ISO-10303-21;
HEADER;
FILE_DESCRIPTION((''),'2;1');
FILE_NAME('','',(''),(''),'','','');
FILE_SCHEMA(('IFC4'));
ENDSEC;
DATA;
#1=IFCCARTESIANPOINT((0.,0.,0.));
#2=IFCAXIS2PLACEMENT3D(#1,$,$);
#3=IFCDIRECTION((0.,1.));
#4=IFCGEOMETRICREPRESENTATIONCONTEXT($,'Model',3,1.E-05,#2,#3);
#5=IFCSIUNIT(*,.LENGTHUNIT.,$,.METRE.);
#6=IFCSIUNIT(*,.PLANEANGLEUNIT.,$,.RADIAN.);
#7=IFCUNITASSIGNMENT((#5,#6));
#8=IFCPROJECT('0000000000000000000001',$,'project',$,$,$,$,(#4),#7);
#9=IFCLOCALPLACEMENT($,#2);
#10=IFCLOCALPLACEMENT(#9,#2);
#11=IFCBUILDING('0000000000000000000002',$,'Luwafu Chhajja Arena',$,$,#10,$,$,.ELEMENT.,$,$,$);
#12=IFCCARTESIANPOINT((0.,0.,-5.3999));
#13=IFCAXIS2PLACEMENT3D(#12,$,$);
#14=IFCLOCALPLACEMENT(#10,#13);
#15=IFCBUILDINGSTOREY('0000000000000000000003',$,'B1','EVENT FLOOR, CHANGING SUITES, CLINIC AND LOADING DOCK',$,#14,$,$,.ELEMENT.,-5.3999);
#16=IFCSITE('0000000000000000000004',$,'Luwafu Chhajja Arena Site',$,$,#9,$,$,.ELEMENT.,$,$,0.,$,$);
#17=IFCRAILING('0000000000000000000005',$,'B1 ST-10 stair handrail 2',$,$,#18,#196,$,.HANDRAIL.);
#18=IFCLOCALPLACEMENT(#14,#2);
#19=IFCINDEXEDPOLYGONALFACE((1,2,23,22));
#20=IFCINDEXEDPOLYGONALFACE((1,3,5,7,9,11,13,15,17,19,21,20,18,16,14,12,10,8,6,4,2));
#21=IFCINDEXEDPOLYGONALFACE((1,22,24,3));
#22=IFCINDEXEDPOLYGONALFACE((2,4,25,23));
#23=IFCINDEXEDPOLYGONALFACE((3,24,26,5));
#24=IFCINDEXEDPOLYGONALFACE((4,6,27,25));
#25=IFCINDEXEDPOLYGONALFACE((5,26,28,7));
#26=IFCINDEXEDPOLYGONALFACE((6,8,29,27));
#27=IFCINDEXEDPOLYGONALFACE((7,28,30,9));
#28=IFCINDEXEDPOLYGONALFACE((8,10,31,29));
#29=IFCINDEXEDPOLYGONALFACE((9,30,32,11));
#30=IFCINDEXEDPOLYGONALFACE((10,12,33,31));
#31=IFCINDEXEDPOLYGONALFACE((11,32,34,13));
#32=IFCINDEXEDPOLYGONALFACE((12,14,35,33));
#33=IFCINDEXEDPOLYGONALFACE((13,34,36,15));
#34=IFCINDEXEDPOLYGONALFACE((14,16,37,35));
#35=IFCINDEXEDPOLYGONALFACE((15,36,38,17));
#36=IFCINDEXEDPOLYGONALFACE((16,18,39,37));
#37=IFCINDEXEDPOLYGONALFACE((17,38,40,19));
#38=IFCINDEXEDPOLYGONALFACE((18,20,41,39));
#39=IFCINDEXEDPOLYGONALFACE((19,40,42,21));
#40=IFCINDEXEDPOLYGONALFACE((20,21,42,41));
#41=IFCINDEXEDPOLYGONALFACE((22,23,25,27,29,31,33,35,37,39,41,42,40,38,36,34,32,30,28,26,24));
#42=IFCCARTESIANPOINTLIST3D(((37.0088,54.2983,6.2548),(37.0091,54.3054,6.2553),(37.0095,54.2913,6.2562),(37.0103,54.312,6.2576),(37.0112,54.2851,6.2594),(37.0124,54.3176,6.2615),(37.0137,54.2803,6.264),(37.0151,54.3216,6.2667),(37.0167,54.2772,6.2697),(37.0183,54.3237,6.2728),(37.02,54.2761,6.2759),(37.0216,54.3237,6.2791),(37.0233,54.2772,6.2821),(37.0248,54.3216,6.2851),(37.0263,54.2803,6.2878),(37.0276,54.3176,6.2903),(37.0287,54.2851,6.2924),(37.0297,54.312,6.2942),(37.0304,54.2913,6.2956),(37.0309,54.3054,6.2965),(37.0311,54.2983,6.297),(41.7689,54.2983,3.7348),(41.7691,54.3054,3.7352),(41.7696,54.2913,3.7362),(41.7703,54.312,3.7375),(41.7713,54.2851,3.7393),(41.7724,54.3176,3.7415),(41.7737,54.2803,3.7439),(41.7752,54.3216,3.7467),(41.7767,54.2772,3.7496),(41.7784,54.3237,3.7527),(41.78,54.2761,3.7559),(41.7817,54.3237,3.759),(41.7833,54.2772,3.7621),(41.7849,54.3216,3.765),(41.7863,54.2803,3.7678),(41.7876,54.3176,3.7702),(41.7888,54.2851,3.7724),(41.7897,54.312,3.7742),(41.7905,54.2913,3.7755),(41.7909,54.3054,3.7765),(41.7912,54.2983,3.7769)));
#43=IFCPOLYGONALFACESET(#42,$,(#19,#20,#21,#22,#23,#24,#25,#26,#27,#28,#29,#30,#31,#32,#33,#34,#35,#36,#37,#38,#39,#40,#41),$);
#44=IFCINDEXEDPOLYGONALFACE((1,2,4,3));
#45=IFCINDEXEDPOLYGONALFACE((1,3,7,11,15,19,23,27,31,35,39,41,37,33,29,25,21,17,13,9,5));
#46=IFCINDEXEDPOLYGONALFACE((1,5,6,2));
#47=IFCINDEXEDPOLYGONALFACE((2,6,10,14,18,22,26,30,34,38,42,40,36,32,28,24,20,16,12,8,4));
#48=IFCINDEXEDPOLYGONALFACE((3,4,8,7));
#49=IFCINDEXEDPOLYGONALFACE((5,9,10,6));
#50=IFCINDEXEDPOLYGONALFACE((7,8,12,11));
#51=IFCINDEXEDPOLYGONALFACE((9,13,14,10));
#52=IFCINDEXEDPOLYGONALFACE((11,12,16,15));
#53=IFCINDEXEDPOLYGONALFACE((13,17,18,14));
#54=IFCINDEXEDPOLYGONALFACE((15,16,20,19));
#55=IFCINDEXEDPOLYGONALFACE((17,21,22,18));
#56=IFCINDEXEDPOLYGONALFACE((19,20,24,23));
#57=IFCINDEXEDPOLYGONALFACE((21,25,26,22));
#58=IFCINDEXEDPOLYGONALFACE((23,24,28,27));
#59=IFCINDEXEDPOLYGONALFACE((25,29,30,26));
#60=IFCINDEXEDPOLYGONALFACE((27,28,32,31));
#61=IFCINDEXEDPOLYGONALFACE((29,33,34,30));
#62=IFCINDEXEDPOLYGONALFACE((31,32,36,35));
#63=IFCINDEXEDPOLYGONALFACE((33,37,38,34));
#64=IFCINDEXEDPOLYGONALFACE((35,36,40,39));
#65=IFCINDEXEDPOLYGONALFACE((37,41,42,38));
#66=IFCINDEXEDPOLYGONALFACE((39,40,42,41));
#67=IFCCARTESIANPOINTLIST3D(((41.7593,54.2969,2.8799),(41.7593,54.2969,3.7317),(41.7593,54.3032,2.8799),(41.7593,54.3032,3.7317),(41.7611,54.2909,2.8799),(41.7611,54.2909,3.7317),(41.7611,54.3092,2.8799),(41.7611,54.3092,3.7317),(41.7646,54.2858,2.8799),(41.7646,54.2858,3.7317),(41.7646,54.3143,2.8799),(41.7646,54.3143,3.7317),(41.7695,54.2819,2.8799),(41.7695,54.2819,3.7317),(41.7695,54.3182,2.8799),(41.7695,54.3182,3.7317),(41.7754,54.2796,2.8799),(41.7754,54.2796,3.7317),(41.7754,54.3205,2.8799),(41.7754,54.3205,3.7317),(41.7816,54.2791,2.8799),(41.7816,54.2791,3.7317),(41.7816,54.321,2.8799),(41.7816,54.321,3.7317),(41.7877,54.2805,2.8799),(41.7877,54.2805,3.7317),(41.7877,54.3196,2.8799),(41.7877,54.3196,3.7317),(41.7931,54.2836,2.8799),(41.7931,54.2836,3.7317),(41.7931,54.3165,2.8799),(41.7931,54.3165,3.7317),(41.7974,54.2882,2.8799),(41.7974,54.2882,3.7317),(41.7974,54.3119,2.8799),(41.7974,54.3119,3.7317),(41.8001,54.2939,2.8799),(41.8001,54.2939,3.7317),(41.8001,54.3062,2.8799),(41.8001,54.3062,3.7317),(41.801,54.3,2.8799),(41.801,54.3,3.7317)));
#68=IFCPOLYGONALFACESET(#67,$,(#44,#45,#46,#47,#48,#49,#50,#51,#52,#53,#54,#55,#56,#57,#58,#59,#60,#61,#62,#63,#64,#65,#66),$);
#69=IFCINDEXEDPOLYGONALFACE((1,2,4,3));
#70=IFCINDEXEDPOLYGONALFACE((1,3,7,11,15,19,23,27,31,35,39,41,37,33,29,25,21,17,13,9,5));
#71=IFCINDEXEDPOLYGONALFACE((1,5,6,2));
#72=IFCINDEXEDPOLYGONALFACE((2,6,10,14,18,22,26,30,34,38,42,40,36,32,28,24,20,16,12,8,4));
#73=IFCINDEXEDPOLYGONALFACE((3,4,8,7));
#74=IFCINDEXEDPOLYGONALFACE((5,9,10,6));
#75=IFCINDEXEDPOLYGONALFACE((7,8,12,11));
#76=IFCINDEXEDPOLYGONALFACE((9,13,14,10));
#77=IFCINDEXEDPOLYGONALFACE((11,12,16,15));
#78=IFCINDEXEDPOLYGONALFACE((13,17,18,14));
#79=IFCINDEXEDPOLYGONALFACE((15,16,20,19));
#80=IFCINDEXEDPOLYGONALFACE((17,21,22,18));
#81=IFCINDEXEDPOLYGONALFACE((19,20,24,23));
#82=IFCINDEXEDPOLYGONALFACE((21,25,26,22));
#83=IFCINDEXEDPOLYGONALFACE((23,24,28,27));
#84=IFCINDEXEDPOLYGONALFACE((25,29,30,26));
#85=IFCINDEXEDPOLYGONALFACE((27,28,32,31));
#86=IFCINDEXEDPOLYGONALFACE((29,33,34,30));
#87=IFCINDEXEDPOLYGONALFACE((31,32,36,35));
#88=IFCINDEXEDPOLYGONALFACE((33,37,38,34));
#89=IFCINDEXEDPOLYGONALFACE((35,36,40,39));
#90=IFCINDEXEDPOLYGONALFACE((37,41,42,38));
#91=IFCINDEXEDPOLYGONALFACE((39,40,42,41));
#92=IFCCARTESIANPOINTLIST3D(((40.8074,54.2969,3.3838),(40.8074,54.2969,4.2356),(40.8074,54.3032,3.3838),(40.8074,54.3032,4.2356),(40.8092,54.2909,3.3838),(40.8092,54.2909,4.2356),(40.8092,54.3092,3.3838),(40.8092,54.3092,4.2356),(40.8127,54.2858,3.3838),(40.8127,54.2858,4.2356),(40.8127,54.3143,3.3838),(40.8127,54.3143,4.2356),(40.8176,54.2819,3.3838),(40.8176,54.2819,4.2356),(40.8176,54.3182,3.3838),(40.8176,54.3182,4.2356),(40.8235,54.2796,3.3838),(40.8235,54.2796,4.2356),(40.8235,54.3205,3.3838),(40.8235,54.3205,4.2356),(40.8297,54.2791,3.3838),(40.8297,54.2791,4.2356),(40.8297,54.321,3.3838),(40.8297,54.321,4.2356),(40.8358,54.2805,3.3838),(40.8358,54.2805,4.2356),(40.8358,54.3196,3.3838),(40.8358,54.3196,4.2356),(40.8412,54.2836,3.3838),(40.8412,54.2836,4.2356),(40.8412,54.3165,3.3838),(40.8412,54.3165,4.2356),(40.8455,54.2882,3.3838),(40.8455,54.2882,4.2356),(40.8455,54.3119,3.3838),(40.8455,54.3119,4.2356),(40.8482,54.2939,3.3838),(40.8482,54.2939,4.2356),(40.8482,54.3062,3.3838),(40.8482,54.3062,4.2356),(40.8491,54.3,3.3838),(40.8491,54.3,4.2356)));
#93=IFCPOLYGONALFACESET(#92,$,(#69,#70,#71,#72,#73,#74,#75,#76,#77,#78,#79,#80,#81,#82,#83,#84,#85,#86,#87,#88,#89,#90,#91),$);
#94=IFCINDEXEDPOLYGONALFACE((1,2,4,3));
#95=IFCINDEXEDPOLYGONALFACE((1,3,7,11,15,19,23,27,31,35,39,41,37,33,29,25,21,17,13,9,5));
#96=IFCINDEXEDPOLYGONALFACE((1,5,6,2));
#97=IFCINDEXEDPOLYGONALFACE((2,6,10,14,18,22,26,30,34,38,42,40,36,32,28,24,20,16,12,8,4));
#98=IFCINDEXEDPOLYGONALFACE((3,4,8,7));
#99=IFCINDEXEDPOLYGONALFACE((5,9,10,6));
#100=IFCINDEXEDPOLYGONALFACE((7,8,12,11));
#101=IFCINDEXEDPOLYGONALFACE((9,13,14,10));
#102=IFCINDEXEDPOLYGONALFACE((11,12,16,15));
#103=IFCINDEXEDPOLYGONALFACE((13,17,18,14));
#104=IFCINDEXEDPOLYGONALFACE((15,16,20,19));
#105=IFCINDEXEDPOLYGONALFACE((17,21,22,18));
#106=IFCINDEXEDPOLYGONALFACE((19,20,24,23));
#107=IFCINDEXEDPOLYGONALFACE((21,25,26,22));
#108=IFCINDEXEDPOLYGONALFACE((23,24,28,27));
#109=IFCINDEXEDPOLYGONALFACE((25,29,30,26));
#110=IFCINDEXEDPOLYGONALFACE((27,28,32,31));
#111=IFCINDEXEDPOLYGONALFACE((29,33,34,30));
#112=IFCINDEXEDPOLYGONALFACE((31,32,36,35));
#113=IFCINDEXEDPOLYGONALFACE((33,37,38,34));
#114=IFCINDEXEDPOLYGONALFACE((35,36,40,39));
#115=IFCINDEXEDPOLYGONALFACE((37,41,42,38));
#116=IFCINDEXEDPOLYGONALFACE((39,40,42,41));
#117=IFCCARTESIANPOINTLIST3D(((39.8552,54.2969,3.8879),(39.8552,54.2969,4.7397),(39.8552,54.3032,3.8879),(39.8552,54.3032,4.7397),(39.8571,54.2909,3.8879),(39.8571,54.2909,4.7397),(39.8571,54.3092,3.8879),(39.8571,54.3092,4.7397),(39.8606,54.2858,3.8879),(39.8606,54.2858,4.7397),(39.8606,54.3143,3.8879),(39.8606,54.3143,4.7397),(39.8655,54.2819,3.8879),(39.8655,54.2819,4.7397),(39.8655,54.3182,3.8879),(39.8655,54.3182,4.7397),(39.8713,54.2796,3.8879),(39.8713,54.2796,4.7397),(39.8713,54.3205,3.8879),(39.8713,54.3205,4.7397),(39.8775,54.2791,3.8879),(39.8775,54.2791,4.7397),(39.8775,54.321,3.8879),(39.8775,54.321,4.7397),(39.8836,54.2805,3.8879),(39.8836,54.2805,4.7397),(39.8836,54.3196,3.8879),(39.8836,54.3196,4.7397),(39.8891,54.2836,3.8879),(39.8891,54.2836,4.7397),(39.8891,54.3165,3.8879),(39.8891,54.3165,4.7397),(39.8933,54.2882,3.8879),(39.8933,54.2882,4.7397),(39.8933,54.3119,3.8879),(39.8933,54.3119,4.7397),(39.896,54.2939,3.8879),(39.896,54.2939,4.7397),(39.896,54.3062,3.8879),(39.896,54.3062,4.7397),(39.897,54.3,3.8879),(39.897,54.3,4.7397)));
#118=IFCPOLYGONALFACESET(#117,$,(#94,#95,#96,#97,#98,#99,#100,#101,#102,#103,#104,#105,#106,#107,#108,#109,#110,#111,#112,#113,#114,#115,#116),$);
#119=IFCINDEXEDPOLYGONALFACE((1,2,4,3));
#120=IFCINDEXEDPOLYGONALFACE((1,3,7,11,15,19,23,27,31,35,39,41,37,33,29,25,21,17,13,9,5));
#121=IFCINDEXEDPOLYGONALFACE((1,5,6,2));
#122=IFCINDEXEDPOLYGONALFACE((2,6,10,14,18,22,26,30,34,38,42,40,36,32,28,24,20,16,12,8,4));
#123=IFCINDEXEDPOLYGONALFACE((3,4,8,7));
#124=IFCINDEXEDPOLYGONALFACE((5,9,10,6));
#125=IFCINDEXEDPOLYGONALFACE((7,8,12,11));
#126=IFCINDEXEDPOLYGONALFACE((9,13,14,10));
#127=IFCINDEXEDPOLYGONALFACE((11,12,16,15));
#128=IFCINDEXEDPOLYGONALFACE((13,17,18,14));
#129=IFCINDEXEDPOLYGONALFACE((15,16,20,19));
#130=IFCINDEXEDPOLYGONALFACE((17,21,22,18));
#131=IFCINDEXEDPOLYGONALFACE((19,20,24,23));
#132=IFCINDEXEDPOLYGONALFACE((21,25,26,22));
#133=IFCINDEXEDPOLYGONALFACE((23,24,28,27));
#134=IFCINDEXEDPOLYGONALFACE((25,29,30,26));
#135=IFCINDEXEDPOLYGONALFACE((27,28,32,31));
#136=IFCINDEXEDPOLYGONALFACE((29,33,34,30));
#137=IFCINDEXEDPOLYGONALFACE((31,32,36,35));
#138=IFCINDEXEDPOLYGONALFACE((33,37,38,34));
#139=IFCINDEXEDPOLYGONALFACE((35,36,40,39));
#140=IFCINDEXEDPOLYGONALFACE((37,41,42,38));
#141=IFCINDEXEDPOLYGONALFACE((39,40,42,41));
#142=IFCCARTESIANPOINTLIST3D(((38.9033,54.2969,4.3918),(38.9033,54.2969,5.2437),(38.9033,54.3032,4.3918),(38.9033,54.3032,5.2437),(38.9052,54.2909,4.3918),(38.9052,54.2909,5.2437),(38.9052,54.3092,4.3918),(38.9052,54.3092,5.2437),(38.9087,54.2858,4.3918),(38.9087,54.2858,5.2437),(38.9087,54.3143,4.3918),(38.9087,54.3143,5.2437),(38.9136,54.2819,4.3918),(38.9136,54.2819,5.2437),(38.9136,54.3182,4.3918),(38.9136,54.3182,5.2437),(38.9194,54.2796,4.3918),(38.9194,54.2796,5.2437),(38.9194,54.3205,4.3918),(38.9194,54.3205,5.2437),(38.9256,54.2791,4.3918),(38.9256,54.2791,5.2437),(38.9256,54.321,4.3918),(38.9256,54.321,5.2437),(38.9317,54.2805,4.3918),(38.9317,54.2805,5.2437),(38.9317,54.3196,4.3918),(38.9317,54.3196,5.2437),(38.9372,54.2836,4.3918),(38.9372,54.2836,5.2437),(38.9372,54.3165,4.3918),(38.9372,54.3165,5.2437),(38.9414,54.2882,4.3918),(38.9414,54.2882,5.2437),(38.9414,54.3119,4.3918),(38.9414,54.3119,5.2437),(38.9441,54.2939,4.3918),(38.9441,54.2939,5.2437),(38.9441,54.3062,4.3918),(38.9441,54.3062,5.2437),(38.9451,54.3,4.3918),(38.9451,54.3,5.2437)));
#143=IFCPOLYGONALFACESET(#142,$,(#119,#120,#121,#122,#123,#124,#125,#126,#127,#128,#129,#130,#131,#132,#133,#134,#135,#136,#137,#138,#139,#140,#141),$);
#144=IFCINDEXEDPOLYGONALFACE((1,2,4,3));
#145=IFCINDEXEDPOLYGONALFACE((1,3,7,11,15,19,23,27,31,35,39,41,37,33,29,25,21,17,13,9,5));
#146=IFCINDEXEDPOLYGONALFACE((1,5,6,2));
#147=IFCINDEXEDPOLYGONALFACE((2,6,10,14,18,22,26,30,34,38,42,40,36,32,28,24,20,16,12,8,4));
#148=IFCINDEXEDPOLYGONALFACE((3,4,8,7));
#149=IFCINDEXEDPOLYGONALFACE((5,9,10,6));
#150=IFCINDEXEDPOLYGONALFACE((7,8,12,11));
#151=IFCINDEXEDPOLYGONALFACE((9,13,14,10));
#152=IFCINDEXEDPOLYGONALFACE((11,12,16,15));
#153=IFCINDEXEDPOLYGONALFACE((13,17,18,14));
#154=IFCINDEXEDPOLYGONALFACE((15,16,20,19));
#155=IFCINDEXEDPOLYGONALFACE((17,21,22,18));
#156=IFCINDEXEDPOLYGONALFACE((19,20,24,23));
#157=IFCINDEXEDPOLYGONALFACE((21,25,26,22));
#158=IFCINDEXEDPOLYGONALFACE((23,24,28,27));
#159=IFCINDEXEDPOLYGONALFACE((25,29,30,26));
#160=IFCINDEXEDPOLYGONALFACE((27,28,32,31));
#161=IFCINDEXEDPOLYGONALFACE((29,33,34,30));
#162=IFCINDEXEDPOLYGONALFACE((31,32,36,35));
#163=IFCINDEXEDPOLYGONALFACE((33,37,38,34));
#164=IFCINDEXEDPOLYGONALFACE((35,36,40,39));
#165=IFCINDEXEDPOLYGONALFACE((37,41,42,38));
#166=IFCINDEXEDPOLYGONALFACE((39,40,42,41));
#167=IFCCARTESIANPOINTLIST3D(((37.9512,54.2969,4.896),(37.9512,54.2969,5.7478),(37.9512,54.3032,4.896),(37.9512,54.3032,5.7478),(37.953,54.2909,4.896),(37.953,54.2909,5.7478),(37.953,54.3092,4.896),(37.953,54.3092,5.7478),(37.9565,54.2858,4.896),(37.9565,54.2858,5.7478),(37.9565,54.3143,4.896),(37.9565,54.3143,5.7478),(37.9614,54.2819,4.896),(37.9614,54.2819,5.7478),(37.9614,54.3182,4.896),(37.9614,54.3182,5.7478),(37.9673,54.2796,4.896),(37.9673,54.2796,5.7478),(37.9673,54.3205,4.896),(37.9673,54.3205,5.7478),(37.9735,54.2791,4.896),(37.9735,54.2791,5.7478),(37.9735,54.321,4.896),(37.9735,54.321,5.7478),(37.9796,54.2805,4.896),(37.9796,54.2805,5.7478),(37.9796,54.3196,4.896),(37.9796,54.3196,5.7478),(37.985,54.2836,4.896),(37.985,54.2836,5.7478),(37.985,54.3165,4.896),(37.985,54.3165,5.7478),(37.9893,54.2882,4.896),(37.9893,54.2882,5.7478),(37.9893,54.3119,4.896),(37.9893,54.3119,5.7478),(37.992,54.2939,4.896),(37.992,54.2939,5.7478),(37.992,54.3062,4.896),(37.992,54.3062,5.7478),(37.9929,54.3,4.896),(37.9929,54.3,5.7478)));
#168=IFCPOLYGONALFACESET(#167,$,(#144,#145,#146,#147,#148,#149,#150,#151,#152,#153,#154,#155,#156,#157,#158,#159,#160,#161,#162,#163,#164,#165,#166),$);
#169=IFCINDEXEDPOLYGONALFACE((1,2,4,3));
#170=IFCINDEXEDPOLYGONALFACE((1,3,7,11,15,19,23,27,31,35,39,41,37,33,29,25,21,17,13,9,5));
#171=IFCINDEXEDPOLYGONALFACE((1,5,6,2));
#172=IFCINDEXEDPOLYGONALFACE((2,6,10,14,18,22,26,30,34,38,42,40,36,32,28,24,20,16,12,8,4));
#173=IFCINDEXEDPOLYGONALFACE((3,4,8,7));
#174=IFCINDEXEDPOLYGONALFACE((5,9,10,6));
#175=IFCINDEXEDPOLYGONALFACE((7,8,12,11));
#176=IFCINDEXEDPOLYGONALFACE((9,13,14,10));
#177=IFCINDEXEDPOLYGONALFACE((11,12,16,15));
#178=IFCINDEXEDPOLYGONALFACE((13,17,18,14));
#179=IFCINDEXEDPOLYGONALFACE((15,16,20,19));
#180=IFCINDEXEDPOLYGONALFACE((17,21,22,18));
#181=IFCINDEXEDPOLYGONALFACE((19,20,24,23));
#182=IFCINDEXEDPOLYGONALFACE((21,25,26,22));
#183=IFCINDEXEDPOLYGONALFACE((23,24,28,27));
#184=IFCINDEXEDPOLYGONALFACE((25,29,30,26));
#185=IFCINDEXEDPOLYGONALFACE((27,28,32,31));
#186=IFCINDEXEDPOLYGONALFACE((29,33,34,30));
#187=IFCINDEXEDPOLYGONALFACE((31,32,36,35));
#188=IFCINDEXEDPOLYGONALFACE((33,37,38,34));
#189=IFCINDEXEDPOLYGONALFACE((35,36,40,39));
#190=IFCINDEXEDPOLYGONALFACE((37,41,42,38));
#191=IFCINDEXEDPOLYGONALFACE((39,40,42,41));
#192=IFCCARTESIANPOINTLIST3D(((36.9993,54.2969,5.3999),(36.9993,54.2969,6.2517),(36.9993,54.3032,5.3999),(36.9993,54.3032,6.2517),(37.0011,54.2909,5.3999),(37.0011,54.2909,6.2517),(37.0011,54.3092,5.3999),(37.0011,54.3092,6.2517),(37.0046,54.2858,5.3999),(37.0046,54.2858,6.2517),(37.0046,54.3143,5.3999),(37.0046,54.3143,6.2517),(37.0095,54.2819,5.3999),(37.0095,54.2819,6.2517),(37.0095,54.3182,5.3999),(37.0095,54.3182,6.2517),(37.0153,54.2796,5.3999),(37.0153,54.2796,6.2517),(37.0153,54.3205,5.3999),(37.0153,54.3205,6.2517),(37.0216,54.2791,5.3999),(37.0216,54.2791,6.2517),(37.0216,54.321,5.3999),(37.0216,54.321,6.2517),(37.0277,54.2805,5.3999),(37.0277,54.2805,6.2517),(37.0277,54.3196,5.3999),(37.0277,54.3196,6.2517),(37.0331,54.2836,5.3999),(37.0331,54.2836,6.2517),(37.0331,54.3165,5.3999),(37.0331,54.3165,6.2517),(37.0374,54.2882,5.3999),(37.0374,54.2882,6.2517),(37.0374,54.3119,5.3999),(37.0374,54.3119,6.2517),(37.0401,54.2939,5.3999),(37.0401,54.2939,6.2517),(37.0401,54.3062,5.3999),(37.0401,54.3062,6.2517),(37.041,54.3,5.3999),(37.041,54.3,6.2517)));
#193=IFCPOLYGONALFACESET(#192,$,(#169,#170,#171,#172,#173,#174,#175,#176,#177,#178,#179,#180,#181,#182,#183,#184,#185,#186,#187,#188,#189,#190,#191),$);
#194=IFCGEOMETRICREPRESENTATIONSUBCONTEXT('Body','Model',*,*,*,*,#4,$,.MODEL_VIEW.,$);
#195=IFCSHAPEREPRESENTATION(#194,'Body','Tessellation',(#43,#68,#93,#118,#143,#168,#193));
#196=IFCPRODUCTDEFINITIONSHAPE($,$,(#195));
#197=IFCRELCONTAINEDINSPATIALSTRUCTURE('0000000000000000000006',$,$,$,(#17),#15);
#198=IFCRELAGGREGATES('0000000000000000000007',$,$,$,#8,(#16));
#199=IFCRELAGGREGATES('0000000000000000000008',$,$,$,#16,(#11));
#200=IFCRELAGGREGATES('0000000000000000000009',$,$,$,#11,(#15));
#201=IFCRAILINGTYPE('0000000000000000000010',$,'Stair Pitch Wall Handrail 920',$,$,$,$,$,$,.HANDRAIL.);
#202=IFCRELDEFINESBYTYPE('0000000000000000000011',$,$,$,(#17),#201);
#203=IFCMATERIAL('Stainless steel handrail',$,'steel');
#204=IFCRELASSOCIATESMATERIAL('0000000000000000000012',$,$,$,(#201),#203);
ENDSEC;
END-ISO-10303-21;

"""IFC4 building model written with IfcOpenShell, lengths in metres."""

from ifc_helpers import new_model, si_unit, direction, frame, origin, origin_2d, place, context, subcontext, project, spatial, circle, extrude, material, type_object, element, save


model = new_model("IFC4")

# Units and contexts
model_context = context("Model", 3, precision=1e-05, world=origin(), true_north=direction((0.0, 1.0)))
body_context = subcontext(model_context, "Body", "Model", "MODEL_VIEW")
ifc_project = project(units=[si_unit("LENGTHUNIT", "METRE"), si_unit("PLANEANGLEUNIT", "RADIAN")], contexts=[model_context])

# Site, building, storey
site_placement = place(None, origin())
site = spatial("IfcSite", under=ifc_project, at=site_placement, Name="Luwafu Chhajja Arena Site", CompositionType="ELEMENT", RefElevation=0.0)
building_placement = place(site_placement, origin())
building = spatial("IfcBuilding", under=site, at=building_placement, Name="Luwafu Chhajja Arena", CompositionType="ELEMENT")
storey_placement = place(building_placement, frame((0.0, 0.0, -5.3999)))
storey = spatial("IfcBuildingStorey", under=building, at=storey_placement, Name="B1", Description="EVENT FLOOR, CHANGING SUITES, CLINIC AND LOADING DOCK", CompositionType="ELEMENT", Elevation=-5.3999)

# Railing
ifc_material_1 = material(Name="Stainless steel handrail", Category="steel")
railing_type_1 = type_object("IfcRailingType", Name="Stair Pitch Wall Handrail 920", PredefinedType="HANDRAIL", material=ifc_material_1)
railing_1_placement = place(storey_placement, frame((41.78, 54.3, 2.8799)))
element("IfcRailing", 1, at=railing_1_placement, inside=storey, type_object=railing_type_1, Name="B1 ST-10 stair handrail 2", PredefinedType="HANDRAIL", context=body_context, shape_type="SweptSolid", body=[
    extrude(circle(Radius=0.0239, at=origin_2d()), frame((0.0, 0.0, 0.876), z_axis=(-0.883787, 0.0, 0.46789), x_axis=(0.0, -1.0, 0.0)), (0.0, 0.0, 1.0), 5.386),
    extrude(circle(Radius=0.021, at=origin_2d()), origin(), (0.0, 0.0, 1.0), 0.8518),
    extrude(circle(Radius=0.021, at=origin_2d()), frame((-0.9519, 0.0, 0.5039)), (0.0, 0.0, 1.0), 0.8518),
    extrude(circle(Radius=0.021, at=origin_2d()), frame((-1.9041, 0.0, 1.0081)), (0.0, 0.0, 1.0), 0.8518),
    extrude(circle(Radius=0.021, at=origin_2d()), frame((-2.856, 0.0, 1.512)), (0.0, 0.0, 1.0), 0.8518),
    extrude(circle(Radius=0.021, at=origin_2d()), frame((-3.8081, 0.0, 2.0161)), (0.0, 0.0, 1.0), 0.8518),
    extrude(circle(Radius=0.021, at=origin_2d()), frame((-4.76, 0.0, 2.52)), (0.0, 0.0, 1.0), 0.8518),
])

save(model, "model.ifc")
